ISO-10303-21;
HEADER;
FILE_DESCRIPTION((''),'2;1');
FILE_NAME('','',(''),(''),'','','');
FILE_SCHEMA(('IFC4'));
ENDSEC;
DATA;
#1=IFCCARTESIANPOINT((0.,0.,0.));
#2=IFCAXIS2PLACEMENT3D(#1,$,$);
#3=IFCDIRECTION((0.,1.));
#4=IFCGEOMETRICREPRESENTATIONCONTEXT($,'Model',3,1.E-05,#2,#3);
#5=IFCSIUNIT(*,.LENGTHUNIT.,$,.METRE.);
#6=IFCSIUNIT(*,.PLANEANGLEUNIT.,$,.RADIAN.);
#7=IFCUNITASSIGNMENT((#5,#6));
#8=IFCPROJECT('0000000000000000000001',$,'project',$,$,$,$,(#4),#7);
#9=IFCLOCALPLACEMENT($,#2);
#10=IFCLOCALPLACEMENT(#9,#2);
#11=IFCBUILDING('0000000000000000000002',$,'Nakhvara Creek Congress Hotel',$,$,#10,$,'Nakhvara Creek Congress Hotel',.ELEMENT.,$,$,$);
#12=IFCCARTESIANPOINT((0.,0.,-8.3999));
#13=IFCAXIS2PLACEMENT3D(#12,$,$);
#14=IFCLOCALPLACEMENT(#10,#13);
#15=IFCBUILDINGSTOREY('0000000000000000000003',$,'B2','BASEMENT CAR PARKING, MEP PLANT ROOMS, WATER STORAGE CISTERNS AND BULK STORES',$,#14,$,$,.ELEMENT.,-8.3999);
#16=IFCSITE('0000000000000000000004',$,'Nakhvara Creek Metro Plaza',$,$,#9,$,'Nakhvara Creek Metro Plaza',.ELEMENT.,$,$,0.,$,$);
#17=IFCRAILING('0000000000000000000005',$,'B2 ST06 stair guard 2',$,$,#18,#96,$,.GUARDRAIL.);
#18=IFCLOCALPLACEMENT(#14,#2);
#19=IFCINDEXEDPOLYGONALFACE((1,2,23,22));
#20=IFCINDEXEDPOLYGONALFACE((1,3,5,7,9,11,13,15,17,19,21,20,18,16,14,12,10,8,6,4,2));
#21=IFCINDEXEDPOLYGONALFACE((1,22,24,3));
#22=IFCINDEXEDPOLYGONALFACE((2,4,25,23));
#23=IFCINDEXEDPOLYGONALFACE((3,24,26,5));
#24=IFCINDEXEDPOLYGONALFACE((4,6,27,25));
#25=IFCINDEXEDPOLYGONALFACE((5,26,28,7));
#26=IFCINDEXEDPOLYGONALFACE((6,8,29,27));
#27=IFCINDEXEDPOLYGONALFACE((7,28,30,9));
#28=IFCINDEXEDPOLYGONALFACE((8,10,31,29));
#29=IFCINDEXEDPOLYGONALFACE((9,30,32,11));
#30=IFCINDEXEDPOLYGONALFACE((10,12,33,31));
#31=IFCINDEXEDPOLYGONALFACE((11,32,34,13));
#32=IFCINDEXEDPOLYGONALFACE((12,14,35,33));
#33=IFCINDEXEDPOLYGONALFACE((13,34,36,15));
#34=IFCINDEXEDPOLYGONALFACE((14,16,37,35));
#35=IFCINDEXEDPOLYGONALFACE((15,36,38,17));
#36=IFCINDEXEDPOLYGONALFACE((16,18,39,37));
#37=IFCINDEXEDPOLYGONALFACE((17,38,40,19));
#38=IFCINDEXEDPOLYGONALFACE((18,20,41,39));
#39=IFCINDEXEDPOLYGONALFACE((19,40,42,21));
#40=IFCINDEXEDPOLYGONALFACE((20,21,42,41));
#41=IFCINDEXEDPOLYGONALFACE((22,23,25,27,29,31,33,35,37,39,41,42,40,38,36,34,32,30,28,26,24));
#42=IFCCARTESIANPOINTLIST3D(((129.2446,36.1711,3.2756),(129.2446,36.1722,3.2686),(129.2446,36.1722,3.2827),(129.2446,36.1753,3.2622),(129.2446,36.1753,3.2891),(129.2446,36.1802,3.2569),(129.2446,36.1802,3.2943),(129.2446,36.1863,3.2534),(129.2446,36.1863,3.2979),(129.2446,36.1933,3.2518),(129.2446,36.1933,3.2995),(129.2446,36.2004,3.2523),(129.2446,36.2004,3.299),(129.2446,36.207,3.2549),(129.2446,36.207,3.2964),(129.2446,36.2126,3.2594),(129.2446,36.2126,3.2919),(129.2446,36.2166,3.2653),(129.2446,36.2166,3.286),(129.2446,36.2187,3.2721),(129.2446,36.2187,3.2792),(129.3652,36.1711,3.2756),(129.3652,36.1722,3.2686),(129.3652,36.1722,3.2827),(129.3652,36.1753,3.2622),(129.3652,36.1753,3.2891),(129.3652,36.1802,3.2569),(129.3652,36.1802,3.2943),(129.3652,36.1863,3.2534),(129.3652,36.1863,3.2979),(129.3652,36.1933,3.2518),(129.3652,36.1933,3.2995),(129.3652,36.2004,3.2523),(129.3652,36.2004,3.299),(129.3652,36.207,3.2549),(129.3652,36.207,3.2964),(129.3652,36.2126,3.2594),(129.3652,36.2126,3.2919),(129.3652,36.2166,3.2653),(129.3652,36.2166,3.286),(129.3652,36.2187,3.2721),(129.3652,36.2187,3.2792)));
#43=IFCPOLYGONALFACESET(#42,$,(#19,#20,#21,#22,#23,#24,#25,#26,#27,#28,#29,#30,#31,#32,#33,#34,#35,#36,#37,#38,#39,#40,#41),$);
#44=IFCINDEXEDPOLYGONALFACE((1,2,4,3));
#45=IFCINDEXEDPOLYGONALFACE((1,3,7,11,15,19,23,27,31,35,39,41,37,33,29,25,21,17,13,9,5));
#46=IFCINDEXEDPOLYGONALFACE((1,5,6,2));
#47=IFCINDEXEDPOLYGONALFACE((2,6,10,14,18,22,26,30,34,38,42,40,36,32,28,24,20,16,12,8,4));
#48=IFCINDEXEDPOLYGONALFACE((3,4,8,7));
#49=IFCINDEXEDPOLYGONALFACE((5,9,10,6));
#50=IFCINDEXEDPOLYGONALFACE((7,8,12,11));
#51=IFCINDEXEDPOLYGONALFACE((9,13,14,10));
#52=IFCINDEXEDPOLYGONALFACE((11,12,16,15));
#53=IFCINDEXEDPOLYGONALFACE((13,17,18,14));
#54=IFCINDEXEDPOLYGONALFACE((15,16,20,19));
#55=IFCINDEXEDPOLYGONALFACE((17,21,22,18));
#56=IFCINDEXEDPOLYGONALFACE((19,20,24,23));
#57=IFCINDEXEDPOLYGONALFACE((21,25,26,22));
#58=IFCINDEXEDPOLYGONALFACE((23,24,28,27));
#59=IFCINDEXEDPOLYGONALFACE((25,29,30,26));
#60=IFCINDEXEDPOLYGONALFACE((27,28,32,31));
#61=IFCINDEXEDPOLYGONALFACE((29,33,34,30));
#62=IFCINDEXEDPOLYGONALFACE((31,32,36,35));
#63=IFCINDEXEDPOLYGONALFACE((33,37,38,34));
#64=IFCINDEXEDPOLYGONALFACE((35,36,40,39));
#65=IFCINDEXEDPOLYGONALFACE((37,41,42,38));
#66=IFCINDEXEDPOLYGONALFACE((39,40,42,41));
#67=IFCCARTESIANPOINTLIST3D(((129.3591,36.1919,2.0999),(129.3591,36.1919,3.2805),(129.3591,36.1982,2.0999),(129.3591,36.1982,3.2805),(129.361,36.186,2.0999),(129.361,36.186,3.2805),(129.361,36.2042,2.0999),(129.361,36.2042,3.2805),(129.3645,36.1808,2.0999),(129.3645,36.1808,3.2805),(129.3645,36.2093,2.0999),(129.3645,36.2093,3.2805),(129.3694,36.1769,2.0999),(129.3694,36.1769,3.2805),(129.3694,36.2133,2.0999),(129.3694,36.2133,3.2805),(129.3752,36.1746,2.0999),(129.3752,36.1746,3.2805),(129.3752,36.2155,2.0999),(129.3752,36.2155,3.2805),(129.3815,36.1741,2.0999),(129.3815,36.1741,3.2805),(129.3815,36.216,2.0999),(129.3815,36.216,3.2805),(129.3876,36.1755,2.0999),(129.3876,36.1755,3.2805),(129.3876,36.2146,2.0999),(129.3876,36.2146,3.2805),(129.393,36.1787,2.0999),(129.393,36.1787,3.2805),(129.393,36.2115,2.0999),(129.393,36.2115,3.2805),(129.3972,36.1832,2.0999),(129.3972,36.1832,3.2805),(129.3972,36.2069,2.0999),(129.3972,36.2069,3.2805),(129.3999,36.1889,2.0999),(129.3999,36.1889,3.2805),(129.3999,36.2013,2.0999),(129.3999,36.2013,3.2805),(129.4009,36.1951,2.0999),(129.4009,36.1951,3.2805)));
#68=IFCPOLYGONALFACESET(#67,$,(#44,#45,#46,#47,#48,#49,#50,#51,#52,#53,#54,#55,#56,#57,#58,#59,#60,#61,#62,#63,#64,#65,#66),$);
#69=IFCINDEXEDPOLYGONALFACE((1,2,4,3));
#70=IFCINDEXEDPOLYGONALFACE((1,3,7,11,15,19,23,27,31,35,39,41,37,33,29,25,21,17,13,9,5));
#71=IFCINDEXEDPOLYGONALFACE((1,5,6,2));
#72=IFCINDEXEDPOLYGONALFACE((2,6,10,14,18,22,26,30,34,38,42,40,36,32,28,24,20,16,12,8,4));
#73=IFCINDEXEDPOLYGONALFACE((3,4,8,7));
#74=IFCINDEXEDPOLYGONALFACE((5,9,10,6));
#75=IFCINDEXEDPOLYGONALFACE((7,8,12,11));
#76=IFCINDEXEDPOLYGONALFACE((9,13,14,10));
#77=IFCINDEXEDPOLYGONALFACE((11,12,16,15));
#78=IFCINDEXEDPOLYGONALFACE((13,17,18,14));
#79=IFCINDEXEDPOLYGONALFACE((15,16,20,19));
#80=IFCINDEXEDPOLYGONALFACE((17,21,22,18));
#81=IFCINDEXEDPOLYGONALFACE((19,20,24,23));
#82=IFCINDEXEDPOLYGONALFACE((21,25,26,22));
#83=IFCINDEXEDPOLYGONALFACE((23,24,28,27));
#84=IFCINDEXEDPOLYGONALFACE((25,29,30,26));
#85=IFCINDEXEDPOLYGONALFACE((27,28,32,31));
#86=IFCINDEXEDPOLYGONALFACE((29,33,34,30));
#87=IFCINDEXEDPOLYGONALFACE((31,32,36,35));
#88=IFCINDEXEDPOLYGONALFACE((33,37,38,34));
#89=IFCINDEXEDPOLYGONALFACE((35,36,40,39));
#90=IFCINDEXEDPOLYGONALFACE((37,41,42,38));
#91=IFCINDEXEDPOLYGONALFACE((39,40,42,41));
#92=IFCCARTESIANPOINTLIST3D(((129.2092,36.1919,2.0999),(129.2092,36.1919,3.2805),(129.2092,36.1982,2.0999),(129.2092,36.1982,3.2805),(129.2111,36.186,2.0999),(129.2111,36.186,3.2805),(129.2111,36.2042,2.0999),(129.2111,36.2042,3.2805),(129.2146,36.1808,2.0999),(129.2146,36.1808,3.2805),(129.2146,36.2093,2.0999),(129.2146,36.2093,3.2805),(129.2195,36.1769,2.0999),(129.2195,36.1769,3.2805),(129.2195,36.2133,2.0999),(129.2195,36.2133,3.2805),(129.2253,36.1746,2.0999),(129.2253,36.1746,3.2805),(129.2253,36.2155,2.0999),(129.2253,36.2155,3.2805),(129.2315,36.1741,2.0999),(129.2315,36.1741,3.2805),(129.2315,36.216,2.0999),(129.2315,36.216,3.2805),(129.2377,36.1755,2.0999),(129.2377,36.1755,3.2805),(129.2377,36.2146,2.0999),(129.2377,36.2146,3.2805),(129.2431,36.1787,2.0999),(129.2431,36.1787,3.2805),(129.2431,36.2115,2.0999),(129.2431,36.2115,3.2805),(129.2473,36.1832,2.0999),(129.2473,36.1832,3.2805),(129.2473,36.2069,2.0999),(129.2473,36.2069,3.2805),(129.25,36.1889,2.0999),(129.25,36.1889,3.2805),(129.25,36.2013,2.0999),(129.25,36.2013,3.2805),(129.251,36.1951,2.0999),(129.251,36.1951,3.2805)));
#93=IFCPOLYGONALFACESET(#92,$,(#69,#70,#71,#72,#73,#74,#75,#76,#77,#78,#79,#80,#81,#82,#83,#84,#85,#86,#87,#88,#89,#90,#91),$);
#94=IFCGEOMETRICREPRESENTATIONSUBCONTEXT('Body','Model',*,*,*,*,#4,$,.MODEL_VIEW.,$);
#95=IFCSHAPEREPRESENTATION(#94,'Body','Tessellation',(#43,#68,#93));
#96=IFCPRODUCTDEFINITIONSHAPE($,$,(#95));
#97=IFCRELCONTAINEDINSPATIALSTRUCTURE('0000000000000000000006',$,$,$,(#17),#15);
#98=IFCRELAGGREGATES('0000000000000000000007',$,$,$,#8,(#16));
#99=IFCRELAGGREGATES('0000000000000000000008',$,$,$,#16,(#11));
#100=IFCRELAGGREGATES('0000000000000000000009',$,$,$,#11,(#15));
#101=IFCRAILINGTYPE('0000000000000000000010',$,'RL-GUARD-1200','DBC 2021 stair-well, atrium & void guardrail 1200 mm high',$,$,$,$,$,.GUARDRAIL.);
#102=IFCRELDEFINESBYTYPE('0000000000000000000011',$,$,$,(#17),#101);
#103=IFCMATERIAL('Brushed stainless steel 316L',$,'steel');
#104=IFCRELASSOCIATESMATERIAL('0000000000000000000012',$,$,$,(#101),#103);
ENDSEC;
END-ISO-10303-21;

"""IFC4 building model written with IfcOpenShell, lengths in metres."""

from ifc_helpers import new_model, si_unit, direction, frame, origin, origin_2d, place, context, subcontext, project, spatial, circle, extrude, material, type_object, element, save


model = new_model("IFC4")

# Units and contexts
model_context = context("Model", 3, precision=1e-05, world=origin(), true_north=direction((0.0, 1.0)))
body_context = subcontext(model_context, "Body", "Model", "MODEL_VIEW")
ifc_project = project(units=[si_unit("LENGTHUNIT", "METRE"), si_unit("PLANEANGLEUNIT", "RADIAN")], contexts=[model_context])

# Site, building, storey
site_placement = place(None, origin())
site = spatial("IfcSite", under=ifc_project, at=site_placement, Name="Nakhvara Creek Metro Plaza", LongName="Nakhvara Creek Metro Plaza", CompositionType="ELEMENT", RefElevation=0.0)
building_placement = place(site_placement, origin())
building = spatial("IfcBuilding", under=site, at=building_placement, Name="Nakhvara Creek Congress Hotel", LongName="Nakhvara Creek Congress Hotel", CompositionType="ELEMENT")
storey_placement = place(building_placement, frame((0.0, 0.0, -8.3999)))
storey = spatial("IfcBuildingStorey", under=building, at=storey_placement, Name="B2", Description="BASEMENT CAR PARKING, MEP PLANT ROOMS, WATER STORAGE CISTERNS AND BULK STORES", CompositionType="ELEMENT", Elevation=-8.3999)

# Railing
ifc_material_1 = material(Name="Brushed stainless steel 316L", Category="steel")
railing_type_1 = type_object("IfcRailingType", Name="RL-GUARD-1200", Description="DBC 2021 stair-well, atrium & void guardrail 1200 mm high", PredefinedType="GUARDRAIL", material=ifc_material_1)
railing_1_placement = place(storey_placement, frame((129.3799, 36.1951, 2.0999)))
element("IfcRailing", 1, at=railing_1_placement, inside=storey, type_object=railing_type_1, Name="B2 ST06 stair guard 2", PredefinedType="GUARDRAIL", context=body_context, shape_type="SweptSolid", body=[
    extrude(circle(Radius=0.0239, at=origin_2d()), frame((-0.0146, 0.0, 1.1758), z_axis=(-1.0, 0.0, 0.0), x_axis=(0.0, -1.0, 0.0)), (0.0, 0.0, 1.0), 0.1206),
    extrude(circle(Radius=0.021, at=origin_2d()), origin(), (0.0, 0.0, 1.0), 1.1807),
    extrude(circle(Radius=0.021, at=origin_2d()), frame((-0.1499, 0.0, 0.0)), (0.0, 0.0, 1.0), 1.1807),
])

save(model, "model.ifc")
